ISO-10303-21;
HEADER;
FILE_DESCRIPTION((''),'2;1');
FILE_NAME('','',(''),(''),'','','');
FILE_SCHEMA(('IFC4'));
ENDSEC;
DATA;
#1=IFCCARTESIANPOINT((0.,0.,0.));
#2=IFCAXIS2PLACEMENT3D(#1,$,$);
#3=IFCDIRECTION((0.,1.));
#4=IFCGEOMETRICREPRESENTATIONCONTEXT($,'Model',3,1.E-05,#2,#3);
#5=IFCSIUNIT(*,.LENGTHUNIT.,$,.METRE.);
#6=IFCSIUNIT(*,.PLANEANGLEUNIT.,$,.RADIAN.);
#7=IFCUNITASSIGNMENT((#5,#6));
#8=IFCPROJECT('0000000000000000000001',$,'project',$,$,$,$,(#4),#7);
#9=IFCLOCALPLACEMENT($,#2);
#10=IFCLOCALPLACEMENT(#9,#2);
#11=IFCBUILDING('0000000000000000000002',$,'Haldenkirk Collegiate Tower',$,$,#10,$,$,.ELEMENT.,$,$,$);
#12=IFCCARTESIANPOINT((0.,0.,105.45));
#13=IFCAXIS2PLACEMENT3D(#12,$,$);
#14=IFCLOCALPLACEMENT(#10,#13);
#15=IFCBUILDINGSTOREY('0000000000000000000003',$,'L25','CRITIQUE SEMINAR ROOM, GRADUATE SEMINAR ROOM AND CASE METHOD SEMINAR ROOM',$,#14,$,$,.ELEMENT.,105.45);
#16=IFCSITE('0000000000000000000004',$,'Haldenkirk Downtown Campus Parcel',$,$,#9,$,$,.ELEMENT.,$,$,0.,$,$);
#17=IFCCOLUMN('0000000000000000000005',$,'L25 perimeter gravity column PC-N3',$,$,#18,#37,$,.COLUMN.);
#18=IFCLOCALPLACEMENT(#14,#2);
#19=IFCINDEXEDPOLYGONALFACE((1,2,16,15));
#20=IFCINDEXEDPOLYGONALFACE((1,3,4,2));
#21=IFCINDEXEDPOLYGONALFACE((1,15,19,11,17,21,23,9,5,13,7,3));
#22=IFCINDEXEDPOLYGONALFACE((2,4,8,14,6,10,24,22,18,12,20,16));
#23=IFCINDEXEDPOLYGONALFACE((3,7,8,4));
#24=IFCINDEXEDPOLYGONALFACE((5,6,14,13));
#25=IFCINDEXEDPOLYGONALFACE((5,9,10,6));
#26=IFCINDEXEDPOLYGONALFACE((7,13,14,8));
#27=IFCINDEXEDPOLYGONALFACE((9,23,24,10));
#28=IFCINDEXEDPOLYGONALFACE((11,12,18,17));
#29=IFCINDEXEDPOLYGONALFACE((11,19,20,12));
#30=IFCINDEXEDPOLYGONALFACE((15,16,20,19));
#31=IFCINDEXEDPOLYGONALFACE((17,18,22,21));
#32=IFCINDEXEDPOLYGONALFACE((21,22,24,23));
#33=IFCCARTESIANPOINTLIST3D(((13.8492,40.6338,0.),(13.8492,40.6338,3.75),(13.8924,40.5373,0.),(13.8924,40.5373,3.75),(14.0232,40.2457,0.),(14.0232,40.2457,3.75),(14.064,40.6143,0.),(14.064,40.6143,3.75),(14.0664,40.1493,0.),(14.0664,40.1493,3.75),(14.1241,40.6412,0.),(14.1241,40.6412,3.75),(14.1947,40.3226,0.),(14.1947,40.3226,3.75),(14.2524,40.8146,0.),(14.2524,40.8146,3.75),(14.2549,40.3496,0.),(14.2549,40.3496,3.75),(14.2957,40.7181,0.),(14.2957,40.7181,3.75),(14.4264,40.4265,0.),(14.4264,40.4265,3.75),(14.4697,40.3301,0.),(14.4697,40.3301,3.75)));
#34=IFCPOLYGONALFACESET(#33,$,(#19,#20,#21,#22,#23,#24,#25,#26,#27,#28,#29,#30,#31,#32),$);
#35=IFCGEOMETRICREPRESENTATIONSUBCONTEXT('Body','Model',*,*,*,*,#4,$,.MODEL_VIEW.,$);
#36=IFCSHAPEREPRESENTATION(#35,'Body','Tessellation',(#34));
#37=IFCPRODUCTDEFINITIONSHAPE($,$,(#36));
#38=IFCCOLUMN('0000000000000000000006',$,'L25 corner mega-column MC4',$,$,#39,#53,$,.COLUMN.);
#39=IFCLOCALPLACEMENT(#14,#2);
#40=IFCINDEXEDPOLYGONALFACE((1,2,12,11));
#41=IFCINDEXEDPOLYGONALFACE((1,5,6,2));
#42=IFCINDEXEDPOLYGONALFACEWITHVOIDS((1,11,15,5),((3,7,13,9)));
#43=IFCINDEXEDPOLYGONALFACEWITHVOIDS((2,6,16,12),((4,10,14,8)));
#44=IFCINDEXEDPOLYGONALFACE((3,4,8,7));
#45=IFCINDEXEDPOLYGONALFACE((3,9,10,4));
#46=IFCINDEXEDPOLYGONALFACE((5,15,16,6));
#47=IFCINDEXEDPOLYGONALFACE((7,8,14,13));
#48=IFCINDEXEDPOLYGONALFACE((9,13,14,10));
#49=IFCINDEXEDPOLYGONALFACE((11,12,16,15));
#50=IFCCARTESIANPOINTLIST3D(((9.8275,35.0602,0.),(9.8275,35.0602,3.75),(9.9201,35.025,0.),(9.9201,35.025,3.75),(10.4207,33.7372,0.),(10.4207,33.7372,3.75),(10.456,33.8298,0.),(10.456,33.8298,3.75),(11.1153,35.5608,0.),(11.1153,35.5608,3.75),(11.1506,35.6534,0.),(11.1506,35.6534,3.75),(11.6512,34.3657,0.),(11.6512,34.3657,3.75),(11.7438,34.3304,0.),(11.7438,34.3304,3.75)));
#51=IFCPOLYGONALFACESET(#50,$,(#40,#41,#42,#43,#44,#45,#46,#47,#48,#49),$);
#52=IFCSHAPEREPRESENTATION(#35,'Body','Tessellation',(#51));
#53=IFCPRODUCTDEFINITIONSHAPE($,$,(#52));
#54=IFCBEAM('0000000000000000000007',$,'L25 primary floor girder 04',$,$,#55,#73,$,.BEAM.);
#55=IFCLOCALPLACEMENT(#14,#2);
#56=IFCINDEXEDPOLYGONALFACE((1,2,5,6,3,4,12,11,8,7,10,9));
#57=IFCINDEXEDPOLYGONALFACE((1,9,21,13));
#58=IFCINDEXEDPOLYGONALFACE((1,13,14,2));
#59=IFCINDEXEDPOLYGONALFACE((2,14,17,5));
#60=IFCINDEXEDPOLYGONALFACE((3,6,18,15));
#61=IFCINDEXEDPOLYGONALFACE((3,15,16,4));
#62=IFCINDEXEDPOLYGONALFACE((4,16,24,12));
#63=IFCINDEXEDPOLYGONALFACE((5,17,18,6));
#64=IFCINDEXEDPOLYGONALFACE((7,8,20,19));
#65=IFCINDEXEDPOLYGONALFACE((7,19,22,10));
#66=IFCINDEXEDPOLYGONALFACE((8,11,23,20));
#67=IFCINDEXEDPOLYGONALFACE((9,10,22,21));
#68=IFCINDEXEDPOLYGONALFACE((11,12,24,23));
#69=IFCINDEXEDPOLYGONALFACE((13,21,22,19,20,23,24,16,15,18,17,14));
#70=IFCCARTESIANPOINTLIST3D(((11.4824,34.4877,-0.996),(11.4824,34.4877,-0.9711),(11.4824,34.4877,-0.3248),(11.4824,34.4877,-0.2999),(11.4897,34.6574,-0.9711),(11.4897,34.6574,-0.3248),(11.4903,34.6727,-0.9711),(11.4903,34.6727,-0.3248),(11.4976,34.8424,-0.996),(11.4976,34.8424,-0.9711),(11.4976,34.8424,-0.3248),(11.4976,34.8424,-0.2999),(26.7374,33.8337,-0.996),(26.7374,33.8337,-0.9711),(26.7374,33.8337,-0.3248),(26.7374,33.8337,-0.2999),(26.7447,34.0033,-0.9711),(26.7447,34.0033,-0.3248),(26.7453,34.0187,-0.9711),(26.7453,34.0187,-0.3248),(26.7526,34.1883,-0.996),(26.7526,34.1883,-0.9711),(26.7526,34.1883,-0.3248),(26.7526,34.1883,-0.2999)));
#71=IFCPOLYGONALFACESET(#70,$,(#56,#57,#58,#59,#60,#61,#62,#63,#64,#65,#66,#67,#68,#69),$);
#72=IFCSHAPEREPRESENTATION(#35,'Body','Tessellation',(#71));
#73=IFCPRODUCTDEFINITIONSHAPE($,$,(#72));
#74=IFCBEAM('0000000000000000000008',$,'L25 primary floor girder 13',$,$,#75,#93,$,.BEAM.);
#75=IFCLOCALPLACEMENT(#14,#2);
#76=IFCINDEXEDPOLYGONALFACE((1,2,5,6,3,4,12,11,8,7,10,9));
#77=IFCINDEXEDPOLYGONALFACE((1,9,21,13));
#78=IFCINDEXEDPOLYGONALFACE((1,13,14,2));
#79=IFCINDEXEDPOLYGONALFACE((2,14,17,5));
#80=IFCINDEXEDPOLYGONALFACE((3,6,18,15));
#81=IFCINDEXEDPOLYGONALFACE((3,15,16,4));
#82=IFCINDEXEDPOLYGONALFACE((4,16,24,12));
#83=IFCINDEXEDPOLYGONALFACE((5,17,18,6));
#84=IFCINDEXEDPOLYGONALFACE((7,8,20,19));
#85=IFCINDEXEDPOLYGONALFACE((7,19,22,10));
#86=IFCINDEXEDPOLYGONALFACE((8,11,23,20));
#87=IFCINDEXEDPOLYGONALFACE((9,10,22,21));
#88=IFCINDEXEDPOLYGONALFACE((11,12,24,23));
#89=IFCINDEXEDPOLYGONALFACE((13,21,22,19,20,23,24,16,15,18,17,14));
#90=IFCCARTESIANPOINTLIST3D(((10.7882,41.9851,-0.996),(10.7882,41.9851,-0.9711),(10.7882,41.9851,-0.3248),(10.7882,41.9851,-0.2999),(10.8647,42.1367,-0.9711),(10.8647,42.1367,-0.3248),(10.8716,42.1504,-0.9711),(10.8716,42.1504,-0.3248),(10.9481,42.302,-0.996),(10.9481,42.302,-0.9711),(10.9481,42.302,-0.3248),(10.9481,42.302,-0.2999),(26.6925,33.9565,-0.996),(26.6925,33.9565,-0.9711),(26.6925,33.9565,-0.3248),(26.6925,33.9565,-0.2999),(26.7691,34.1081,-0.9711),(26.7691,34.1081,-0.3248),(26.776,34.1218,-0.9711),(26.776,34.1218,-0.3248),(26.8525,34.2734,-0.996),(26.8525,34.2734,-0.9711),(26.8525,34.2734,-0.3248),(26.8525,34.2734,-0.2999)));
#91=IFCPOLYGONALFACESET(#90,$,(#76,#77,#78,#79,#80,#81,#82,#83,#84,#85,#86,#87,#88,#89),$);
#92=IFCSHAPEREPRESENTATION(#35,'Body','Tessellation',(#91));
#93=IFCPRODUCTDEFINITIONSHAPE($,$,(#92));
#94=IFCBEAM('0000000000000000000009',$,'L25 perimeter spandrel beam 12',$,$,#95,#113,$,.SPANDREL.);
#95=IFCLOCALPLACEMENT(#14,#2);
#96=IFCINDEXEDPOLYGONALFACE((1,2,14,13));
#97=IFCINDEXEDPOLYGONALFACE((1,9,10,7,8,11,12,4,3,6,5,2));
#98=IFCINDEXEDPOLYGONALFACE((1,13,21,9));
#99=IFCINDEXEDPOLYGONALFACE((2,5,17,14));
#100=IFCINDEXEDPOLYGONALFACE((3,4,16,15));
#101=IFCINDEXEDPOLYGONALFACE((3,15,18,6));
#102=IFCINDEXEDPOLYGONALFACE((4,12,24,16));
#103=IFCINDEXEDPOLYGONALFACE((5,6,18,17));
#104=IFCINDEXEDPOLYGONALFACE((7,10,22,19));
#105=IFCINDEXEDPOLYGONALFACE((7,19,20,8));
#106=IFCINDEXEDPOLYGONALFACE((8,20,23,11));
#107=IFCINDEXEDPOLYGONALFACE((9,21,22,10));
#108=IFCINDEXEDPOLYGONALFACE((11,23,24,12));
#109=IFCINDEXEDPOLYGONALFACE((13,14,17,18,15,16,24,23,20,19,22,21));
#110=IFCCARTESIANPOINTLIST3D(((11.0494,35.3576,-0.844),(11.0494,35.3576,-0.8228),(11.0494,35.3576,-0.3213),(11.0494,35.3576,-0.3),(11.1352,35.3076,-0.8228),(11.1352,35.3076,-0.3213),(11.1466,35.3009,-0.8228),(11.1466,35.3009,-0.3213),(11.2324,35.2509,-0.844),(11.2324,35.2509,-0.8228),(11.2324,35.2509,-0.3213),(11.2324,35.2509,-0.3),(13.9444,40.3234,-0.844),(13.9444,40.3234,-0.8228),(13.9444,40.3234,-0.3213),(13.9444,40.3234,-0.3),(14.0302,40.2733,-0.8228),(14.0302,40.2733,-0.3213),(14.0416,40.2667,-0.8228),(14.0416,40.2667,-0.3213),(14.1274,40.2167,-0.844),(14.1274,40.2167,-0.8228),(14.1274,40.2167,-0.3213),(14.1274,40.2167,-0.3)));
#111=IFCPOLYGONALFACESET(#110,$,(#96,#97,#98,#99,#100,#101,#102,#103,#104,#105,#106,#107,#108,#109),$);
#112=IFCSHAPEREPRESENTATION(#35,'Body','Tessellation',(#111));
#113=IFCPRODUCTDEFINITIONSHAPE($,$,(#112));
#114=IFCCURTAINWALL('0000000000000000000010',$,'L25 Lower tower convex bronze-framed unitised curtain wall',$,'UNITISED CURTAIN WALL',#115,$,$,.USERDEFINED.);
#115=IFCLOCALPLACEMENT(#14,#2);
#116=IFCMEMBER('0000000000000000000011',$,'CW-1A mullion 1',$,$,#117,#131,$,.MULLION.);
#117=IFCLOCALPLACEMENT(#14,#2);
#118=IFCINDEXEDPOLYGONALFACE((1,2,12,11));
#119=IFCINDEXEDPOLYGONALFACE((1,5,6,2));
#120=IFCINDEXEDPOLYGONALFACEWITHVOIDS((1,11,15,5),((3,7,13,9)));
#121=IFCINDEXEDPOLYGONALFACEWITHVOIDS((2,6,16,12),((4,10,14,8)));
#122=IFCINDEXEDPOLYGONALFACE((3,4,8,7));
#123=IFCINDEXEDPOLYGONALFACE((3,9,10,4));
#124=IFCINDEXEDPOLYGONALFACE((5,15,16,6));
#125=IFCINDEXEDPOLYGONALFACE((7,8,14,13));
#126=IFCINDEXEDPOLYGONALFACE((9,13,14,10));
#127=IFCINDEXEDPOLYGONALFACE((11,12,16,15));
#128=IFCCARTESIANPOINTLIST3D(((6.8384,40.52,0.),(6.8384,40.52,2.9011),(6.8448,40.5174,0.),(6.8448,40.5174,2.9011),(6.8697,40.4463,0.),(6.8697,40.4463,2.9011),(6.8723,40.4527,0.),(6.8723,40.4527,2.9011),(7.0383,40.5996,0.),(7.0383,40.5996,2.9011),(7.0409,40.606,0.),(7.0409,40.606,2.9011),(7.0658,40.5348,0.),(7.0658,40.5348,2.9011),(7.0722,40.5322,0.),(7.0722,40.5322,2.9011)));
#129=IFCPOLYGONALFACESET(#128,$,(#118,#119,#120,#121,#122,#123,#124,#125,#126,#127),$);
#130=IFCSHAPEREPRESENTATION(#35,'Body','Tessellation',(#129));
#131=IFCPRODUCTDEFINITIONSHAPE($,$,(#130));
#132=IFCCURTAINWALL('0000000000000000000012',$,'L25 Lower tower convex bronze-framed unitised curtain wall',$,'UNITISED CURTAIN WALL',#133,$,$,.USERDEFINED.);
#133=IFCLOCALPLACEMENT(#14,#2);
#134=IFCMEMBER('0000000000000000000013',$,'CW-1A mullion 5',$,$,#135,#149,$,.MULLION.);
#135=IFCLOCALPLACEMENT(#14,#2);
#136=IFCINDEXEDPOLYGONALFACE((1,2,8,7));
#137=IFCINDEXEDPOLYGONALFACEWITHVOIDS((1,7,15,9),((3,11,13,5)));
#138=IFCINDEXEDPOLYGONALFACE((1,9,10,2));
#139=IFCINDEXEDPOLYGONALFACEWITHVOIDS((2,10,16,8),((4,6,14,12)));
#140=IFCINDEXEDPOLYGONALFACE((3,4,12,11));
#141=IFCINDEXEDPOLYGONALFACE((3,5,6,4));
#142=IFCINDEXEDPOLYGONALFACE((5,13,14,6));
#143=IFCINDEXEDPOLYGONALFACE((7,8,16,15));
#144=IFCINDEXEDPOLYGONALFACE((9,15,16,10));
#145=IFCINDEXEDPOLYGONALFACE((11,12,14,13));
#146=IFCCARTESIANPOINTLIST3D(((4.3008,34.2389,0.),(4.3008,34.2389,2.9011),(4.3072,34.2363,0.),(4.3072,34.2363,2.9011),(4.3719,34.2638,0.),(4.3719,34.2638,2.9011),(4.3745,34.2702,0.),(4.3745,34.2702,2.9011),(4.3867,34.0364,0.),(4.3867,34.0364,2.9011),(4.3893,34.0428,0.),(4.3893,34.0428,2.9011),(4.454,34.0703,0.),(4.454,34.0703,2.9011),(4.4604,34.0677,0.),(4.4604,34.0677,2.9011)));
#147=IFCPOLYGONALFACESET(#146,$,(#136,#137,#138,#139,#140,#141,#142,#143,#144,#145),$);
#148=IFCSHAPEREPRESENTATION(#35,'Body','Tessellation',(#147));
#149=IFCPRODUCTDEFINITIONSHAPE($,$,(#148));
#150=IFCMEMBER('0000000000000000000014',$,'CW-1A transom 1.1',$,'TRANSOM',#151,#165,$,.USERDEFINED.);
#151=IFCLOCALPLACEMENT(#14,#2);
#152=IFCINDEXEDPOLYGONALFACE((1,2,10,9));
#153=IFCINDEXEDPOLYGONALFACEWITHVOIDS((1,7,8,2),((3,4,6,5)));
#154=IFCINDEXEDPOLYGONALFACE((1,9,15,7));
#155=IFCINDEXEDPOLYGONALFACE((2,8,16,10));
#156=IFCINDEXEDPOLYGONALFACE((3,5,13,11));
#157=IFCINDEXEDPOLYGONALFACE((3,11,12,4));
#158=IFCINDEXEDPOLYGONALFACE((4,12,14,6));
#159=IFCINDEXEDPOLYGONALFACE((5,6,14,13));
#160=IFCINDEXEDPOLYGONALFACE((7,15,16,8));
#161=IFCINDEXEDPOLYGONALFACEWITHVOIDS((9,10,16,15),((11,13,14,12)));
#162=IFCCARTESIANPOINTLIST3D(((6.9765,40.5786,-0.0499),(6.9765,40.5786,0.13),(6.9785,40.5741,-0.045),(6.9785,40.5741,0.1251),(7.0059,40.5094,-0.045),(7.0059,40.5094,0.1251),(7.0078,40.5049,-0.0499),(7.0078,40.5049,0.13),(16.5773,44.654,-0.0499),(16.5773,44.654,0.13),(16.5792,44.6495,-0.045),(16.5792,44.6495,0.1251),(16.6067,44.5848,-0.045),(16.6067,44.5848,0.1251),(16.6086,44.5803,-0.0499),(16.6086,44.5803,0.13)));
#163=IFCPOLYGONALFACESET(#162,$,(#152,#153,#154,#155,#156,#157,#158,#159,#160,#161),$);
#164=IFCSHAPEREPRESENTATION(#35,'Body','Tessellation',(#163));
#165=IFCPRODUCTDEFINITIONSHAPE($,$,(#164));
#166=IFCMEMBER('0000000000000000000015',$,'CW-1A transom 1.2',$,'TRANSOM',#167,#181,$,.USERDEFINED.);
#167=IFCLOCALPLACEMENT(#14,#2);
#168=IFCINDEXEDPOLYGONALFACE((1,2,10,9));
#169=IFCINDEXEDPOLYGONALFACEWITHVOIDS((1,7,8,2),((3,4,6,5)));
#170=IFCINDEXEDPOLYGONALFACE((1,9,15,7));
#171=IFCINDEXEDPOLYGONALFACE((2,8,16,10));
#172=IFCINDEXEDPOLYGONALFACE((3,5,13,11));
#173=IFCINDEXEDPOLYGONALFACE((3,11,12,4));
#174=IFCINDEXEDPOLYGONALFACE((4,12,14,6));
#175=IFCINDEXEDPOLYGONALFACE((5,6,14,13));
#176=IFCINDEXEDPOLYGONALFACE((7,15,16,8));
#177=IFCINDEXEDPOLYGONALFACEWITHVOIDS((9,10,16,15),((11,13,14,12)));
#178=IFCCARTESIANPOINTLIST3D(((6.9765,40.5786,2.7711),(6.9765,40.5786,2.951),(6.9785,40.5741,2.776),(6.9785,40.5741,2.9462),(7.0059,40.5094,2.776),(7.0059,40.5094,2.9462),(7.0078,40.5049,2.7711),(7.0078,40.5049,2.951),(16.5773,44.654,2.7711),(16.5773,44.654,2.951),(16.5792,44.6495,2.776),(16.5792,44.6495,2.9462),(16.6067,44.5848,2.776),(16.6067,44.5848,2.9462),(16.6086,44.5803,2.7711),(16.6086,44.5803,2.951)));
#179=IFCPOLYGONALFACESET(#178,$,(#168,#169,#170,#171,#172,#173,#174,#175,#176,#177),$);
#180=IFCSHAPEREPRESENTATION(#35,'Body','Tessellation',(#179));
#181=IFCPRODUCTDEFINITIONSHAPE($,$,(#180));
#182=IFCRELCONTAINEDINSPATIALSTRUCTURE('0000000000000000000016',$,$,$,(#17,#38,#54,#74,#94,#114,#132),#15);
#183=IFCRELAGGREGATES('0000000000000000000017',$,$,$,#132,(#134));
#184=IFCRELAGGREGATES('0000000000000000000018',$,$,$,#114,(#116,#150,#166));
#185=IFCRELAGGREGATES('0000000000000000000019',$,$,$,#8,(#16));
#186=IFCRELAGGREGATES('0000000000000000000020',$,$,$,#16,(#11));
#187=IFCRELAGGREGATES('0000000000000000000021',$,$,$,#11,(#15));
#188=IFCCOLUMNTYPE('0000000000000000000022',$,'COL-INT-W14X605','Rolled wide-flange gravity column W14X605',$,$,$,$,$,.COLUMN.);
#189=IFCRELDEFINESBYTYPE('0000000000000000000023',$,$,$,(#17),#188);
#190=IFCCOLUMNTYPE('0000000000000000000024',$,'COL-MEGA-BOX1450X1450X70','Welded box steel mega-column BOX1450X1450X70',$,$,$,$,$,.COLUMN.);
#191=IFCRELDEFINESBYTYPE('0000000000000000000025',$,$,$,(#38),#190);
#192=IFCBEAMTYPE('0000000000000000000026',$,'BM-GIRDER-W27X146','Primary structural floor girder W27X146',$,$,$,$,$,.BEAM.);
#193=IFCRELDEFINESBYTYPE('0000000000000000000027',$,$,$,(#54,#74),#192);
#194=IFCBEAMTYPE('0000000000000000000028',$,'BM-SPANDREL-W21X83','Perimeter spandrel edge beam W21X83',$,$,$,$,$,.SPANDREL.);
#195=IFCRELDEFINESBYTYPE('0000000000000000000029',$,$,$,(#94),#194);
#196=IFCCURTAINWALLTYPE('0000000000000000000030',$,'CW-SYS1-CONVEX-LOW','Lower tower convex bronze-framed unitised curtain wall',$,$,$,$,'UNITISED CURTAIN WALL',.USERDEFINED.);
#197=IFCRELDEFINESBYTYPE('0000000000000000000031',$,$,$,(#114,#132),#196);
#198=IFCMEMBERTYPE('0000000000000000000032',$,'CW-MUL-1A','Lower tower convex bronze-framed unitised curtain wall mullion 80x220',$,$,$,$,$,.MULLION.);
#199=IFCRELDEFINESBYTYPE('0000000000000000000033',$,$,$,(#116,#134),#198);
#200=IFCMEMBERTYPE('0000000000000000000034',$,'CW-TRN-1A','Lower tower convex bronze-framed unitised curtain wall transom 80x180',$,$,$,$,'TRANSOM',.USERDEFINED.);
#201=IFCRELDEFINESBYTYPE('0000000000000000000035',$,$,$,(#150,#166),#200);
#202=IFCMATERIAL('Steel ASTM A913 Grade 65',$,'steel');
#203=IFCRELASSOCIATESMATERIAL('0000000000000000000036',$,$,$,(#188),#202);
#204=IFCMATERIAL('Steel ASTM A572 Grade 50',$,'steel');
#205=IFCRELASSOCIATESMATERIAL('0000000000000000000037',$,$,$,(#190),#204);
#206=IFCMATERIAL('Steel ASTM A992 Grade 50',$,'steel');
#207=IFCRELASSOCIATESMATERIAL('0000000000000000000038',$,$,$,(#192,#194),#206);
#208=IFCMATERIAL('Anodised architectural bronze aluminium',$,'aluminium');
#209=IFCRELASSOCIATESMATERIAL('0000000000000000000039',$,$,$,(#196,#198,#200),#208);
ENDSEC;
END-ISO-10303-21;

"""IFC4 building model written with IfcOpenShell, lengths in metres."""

from ifc_helpers import new_model, si_unit, direction, frame, origin, origin_2d, place, context, subcontext, project, spatial, hollow_rectangle, i_section, extrude, material, material_profile, profile_set, type_object, element, aggregate, save


model = new_model("IFC4")

# Units and contexts
model_context = context("Model", 3, precision=1e-05, world=origin(), true_north=direction((0.0, 1.0)))
body_context = subcontext(model_context, "Body", "Model", "MODEL_VIEW")
ifc_project = project(units=[si_unit("LENGTHUNIT", "METRE"), si_unit("PLANEANGLEUNIT", "RADIAN")], contexts=[model_context])

# Site, building, storey
site_placement = place(None, origin())
site = spatial("IfcSite", under=ifc_project, at=site_placement, Name="Haldenkirk Downtown Campus Parcel", CompositionType="ELEMENT", RefElevation=0.0)
building_placement = place(site_placement, origin())
building = spatial("IfcBuilding", under=site, at=building_placement, Name="Haldenkirk Collegiate Tower", CompositionType="ELEMENT")
storey_placement = place(building_placement, frame((0.0, 0.0, 105.45)))
storey = spatial("IfcBuildingStorey", under=building, at=storey_placement, Name="L25", Description="CRITIQUE SEMINAR ROOM, GRADUATE SEMINAR ROOM AND CASE METHOD SEMINAR ROOM", CompositionType="ELEMENT", Elevation=105.45)

# Columns
ifc_material_1 = material(Name="Steel ASTM A913 Grade 65", Category="steel")
ifc_material_profile_1 = material_profile(ifc_material_1, i_section(OverallWidth=0.4419, OverallDepth=0.531, WebThickness=0.0659, FlangeThickness=0.1057, at=origin_2d()), Name="W14X605")
ifc_profile_set_1 = profile_set([ifc_material_profile_1], Name="Steel ASTM A913 Grade 65")
column_type_1 = type_object("IfcColumnType", Name="COL-INT-W14X605", Description="Rolled wide-flange gravity column W14X605", PredefinedType="COLUMN", material=ifc_profile_set_1)
column_1_placement = place(storey_placement, frame((14.1594, 40.4819, 0.0), z_axis=(0.0, 0.0, 1.0), x_axis=(0.912477, 0.409127, 0.0)))
element("IfcColumn", 1, at=column_1_placement, inside=storey, type_object=column_type_1, Name="L25 perimeter gravity column PC-N3", PredefinedType="COLUMN", context=body_context, shape_type="SweptSolid", body=[
    extrude(i_section(OverallWidth=0.4419, OverallDepth=0.531, WebThickness=0.0659, FlangeThickness=0.1057, at=origin_2d()), origin(), (0.0, 0.0, 1.0), 3.75),
])
ifc_material_2 = material(Name="Steel ASTM A572 Grade 50", Category="steel")
ifc_material_profile_2 = material_profile(ifc_material_2, hollow_rectangle(XDim=1.45, YDim=1.45, WallThickness=0.0701, at=origin_2d()), Name="BOX1450X1450X70")
ifc_profile_set_2 = profile_set([ifc_material_profile_2], Name="Steel ASTM A572 Grade 50")
column_type_2 = type_object("IfcColumnType", Name="COL-MEGA-BOX1450X1450X70", Description="Welded box steel mega-column BOX1450X1450X70", PredefinedType="COLUMN", material=ifc_profile_set_2)
column_2_placement = place(storey_placement, frame((10.7856, 34.6953, 0.0), z_axis=(0.0, 0.0, 1.0), x_axis=(0.912477, 0.409127, 0.0)))
element("IfcColumn", 2, at=column_2_placement, inside=storey, type_object=column_type_2, Name="L25 corner mega-column MC4", PredefinedType="COLUMN", context=body_context, shape_type="SweptSolid", body=[
    extrude(hollow_rectangle(XDim=1.45, YDim=1.45, WallThickness=0.0701, at=origin_2d()), origin(), (0.0, 0.0, 1.0), 3.75),
])

# Beams
ifc_material_3 = material(Name="Steel ASTM A992 Grade 50", Category="steel")
ifc_material_profile_3 = material_profile(ifc_material_3, i_section(OverallWidth=0.355, OverallDepth=0.696, WebThickness=0.0154, FlangeThickness=0.0249, at=origin_2d()), Name="W27X146")
ifc_profile_set_3 = profile_set([ifc_material_profile_3], Name="Steel ASTM A992 Grade 50")
beam_type_1 = type_object("IfcBeamType", Name="BM-GIRDER-W27X146", Description="Primary structural floor girder W27X146", PredefinedType="BEAM", material=ifc_profile_set_3)
beam_1_placement = place(storey_placement, frame((11.49, 34.665, -0.6479), z_axis=(0.999082, -0.042835, 0.0), x_axis=(0.042835, 0.999082, 0.0)))
element("IfcBeam", 3, at=beam_1_placement, inside=storey, type_object=beam_type_1, Name="L25 primary floor girder 04", PredefinedType="BEAM", context=body_context, shape_type="SweptSolid", body=[
    extrude(i_section(OverallWidth=0.355, OverallDepth=0.696, WebThickness=0.0154, FlangeThickness=0.0249, at=origin_2d()), origin(), (0.0, 0.0, 1.0), 15.269),
])
beam_2_placement = place(storey_placement, frame((10.8682, 42.1436, -0.6479), z_axis=(0.892705, -0.450642, 0.0), x_axis=(0.450642, 0.892705, 0.0)))
element("IfcBeam", 4, at=beam_2_placement, inside=storey, type_object=beam_type_1, Name="L25 primary floor girder 13", PredefinedType="BEAM", context=body_context, shape_type="SweptSolid", body=[
    extrude(i_section(OverallWidth=0.355, OverallDepth=0.696, WebThickness=0.0154, FlangeThickness=0.0249, at=origin_2d()), origin(), (0.0, 0.0, 1.0), 17.8159),
])
ifc_material_profile_4 = material_profile(ifc_material_3, i_section(OverallWidth=0.2119, OverallDepth=0.5439, WebThickness=0.0132, FlangeThickness=0.0212, at=origin_2d()), Name="W21X83")
ifc_profile_set_4 = profile_set([ifc_material_profile_4], Name="Steel ASTM A992 Grade 50")
beam_type_2 = type_object("IfcBeamType", Name="BM-SPANDREL-W21X83", Description="Perimeter spandrel edge beam W21X83", PredefinedType="SPANDREL", material=ifc_profile_set_4)
beam_3_placement = place(storey_placement, frame((14.0359, 40.27, -0.572), z_axis=(-0.503649, -0.863908, 0.0), x_axis=(0.863908, -0.503649, 0.0)))
element("IfcBeam", 5, at=beam_3_placement, inside=storey, type_object=beam_type_2, Name="L25 perimeter spandrel beam 12", PredefinedType="SPANDREL", context=body_context, shape_type="SweptSolid", body=[
    extrude(i_section(OverallWidth=0.2119, OverallDepth=0.5439, WebThickness=0.0132, FlangeThickness=0.0212, at=origin_2d()), origin(), (0.0, 0.0, 1.0), 5.748),
])

# Curtain walls, members
ifc_material_4 = material(Name="Anodised architectural bronze aluminium", Category="aluminium")
curtain_wall_type = type_object("IfcCurtainWallType", Name="CW-SYS1-CONVEX-LOW", Description="Lower tower convex bronze-framed unitised curtain wall", ElementType="UNITISED CURTAIN WALL", PredefinedType="USERDEFINED", material=ifc_material_4)
curtain_wall_1_placement = place(storey_placement, origin())
curtain_wall_1 = element("IfcCurtainWall", 6, at=curtain_wall_1_placement, inside=storey, type_object=curtain_wall_type, Name="L25 Lower tower convex bronze-framed unitised curtain wall", ObjectType="UNITISED CURTAIN WALL", PredefinedType="USERDEFINED")
ifc_material_profile_5 = material_profile(ifc_material_4, hollow_rectangle(XDim=0.0801, YDim=0.22, WallThickness=0.0049, at=origin_2d()), Name="CW-MUL-1A")
ifc_profile_set_5 = profile_set([ifc_material_profile_5], Name="Anodised architectural bronze aluminium")
member_type_1 = type_object("IfcMemberType", Name="CW-MUL-1A", Description="Lower tower convex bronze-framed unitised curtain wall mullion 80x220", PredefinedType="MULLION", material=ifc_profile_set_5)
member_1_placement = place(storey_placement, frame((6.9553, 40.5261, 0.0), z_axis=(0.0, 0.0, 1.0), x_axis=(-0.390731, 0.920505, 0.0)))
member_1 = element("IfcMember", 7, at=member_1_placement, type_object=member_type_1, Name="CW-1A mullion 1", PredefinedType="MULLION", context=body_context, shape_type="SweptSolid", body=[
    extrude(hollow_rectangle(XDim=0.0801, YDim=0.22, WallThickness=0.0049, at=origin_2d()), origin(), (0.0, 0.0, 1.0), 2.9011),
])
curtain_wall_2_placement = place(storey_placement, origin())
curtain_wall_2 = element("IfcCurtainWall", 8, at=curtain_wall_2_placement, inside=storey, type_object=curtain_wall_type, Name="L25 Lower tower convex bronze-framed unitised curtain wall", ObjectType="UNITISED CURTAIN WALL", PredefinedType="USERDEFINED")
member_2_placement = place(storey_placement, frame((4.3806, 34.1533, 0.0), z_axis=(0.0, 0.0, 1.0), x_axis=(-0.920505, -0.39073, 0.0)))
member_2 = element("IfcMember", 9, at=member_2_placement, type_object=member_type_1, Name="CW-1A mullion 5", PredefinedType="MULLION", context=body_context, shape_type="SweptSolid", body=[
    extrude(hollow_rectangle(XDim=0.0801, YDim=0.22, WallThickness=0.0049, at=origin_2d()), origin(), (0.0, 0.0, 1.0), 2.9011),
])
aggregate(curtain_wall_2, [member_2])

# Members
ifc_material_profile_6 = material_profile(ifc_material_4, hollow_rectangle(XDim=0.0801, YDim=0.1799, WallThickness=0.0049, at=origin_2d()), Name="CW-TRN-1A")
ifc_profile_set_6 = profile_set([ifc_material_profile_6], Name="Anodised architectural bronze aluminium")
member_type_2 = type_object("IfcMemberType", Name="CW-TRN-1A", Description="Lower tower convex bronze-framed unitised curtain wall transom 80x180", ElementType="TRANSOM", PredefinedType="USERDEFINED", material=ifc_profile_set_6)
member_3_placement = place(storey_placement, frame((6.9922, 40.5417, 0.04), z_axis=(0.9205, 0.390742, 0.0), x_axis=(-0.390742, 0.9205, 0.0)))
member_3 = element("IfcMember", 10, at=member_3_placement, type_object=member_type_2, Name="CW-1A transom 1.1", ObjectType="TRANSOM", PredefinedType="USERDEFINED", context=body_context, shape_type="SweptSolid", body=[
    extrude(hollow_rectangle(XDim=0.0801, YDim=0.1799, WallThickness=0.0049, at=origin_2d()), origin(), (0.0, 0.0, 1.0), 10.4299),
])
member_4_placement = place(storey_placement, frame((6.9922, 40.5417, 2.8611), z_axis=(0.9205, 0.390742, 0.0), x_axis=(-0.390742, 0.9205, 0.0)))
member_4 = element("IfcMember", 11, at=member_4_placement, type_object=member_type_2, Name="CW-1A transom 1.2", ObjectType="TRANSOM", PredefinedType="USERDEFINED", context=body_context, shape_type="SweptSolid", body=[
    extrude(hollow_rectangle(XDim=0.0801, YDim=0.1799, WallThickness=0.0049, at=origin_2d()), origin(), (0.0, 0.0, 1.0), 10.4299),
])

aggregate(curtain_wall_1, [member_1, member_3, member_4])

save(model, "model.ifc")
